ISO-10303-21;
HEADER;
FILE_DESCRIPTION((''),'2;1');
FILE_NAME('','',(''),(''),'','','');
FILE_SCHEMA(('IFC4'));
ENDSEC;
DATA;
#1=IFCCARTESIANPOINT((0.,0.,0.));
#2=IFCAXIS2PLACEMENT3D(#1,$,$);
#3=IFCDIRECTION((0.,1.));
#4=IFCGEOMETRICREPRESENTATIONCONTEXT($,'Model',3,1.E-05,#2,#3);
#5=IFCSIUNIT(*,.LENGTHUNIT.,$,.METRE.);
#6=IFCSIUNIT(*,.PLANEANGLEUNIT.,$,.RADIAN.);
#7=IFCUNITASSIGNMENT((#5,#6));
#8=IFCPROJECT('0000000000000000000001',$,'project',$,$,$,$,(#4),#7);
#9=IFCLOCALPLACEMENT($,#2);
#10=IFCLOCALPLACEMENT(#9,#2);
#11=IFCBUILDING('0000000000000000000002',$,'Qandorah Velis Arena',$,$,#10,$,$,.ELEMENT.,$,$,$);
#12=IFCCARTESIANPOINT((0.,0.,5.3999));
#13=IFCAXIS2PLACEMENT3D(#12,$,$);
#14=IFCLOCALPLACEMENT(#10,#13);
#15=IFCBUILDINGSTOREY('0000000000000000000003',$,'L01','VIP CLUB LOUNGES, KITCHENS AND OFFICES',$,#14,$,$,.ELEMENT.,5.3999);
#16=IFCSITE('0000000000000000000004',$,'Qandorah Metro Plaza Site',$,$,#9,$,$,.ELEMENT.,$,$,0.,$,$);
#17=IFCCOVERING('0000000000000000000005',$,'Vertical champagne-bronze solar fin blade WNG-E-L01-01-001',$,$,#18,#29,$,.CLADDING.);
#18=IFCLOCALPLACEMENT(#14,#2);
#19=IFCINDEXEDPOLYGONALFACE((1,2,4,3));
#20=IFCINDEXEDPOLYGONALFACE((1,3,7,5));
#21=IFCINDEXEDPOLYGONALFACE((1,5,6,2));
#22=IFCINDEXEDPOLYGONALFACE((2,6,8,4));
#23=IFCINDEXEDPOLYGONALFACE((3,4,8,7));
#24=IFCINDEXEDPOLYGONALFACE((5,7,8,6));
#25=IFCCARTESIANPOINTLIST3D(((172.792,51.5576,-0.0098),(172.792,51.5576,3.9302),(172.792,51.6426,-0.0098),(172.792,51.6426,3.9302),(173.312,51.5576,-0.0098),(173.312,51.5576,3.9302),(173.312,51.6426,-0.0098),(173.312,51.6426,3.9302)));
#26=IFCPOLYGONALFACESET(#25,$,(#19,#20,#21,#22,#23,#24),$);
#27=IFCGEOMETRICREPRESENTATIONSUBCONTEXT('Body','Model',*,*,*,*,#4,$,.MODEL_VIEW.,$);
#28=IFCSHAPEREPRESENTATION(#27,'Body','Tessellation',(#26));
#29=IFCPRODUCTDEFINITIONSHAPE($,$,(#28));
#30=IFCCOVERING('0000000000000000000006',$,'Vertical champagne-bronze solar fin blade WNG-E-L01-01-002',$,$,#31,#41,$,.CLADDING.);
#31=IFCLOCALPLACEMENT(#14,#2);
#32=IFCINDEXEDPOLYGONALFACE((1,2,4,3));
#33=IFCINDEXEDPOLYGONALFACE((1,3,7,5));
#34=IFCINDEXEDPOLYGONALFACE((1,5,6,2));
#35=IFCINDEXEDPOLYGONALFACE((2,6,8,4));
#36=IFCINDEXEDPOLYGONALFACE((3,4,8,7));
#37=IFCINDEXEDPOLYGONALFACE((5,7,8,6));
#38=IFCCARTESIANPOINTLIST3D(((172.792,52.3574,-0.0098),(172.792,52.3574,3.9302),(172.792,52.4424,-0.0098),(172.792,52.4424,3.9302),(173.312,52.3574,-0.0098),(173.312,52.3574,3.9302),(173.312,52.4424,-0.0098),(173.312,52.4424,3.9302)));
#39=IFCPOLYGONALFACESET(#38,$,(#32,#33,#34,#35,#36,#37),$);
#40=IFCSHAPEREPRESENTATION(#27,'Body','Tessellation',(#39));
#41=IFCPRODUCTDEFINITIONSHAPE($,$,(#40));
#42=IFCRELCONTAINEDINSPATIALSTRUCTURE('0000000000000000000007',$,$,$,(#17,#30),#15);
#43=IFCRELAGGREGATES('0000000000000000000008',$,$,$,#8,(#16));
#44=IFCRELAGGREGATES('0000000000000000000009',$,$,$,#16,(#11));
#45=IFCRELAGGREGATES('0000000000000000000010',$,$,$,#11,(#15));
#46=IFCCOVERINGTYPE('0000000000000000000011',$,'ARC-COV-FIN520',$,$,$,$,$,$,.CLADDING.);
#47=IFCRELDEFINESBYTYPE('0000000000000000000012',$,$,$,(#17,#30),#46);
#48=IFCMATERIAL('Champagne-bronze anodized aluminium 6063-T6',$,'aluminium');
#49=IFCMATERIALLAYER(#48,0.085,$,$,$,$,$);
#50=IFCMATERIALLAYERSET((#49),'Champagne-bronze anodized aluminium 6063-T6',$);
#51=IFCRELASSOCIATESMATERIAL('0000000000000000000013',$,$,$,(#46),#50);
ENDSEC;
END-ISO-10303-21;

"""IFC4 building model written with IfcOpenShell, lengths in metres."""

from ifc_helpers import new_model, si_unit, direction, frame, origin, origin_2d, place, context, subcontext, project, spatial, rectangle, extrude, material, layer, layer_set, type_object, element, save


model = new_model("IFC4")

# Units and contexts
model_context = context("Model", 3, precision=1e-05, world=origin(), true_north=direction((0.0, 1.0)))
body_context = subcontext(model_context, "Body", "Model", "MODEL_VIEW")
ifc_project = project(units=[si_unit("LENGTHUNIT", "METRE"), si_unit("PLANEANGLEUNIT", "RADIAN")], contexts=[model_context])

# Site, building, storey
site_placement = place(None, origin())
site = spatial("IfcSite", under=ifc_project, at=site_placement, Name="Qandorah Metro Plaza Site", CompositionType="ELEMENT", RefElevation=0.0)
building_placement = place(site_placement, origin())
building = spatial("IfcBuilding", under=site, at=building_placement, Name="Qandorah Velis Arena", CompositionType="ELEMENT")
storey_placement = place(building_placement, frame((0.0, 0.0, 5.3999)))
storey = spatial("IfcBuildingStorey", under=building, at=storey_placement, Name="L01", Description="VIP CLUB LOUNGES, KITCHENS AND OFFICES", CompositionType="ELEMENT", Elevation=5.3999)

# Shared definitions
ifc_material_1 = material(Name="Champagne-bronze anodized aluminium 6063-T6", Category="aluminium")

# Coverings
ifc_layer_1 = layer(ifc_material_1, 0.085)
ifc_layer_set_1 = layer_set([ifc_layer_1], Name="Champagne-bronze anodized aluminium 6063-T6")
covering_type = type_object("IfcCoveringType", Name="ARC-COV-FIN520", PredefinedType="CLADDING", material=ifc_layer_set_1)
for number, where, z_axis, x_axis, name in (
    (1, (173.052, 51.6001, -0.0098), (0.0, 0.0, 1.0), (1.0, 0.0, 0.0), "Vertical champagne-bronze solar fin blade WNG-E-L01-01-001"),
    (2, (173.052, 52.3999, -0.0098), (0.0, 0.0, 1.0), (1.0, 0.0, 0.0), "Vertical champagne-bronze solar fin blade WNG-E-L01-01-002"),
):
    element("IfcCovering", number, at=place(storey_placement, frame(where, z_axis=z_axis, x_axis=x_axis)), inside=storey, type_object=covering_type, Name=name, PredefinedType="CLADDING", context=body_context, shape_type="SweptSolid", body=[
        extrude(rectangle(XDim=0.52, YDim=0.085, at=origin_2d()), origin(), (0.0, 0.0, 1.0), 3.9399),
    ])

save(model, "model.ifc")
